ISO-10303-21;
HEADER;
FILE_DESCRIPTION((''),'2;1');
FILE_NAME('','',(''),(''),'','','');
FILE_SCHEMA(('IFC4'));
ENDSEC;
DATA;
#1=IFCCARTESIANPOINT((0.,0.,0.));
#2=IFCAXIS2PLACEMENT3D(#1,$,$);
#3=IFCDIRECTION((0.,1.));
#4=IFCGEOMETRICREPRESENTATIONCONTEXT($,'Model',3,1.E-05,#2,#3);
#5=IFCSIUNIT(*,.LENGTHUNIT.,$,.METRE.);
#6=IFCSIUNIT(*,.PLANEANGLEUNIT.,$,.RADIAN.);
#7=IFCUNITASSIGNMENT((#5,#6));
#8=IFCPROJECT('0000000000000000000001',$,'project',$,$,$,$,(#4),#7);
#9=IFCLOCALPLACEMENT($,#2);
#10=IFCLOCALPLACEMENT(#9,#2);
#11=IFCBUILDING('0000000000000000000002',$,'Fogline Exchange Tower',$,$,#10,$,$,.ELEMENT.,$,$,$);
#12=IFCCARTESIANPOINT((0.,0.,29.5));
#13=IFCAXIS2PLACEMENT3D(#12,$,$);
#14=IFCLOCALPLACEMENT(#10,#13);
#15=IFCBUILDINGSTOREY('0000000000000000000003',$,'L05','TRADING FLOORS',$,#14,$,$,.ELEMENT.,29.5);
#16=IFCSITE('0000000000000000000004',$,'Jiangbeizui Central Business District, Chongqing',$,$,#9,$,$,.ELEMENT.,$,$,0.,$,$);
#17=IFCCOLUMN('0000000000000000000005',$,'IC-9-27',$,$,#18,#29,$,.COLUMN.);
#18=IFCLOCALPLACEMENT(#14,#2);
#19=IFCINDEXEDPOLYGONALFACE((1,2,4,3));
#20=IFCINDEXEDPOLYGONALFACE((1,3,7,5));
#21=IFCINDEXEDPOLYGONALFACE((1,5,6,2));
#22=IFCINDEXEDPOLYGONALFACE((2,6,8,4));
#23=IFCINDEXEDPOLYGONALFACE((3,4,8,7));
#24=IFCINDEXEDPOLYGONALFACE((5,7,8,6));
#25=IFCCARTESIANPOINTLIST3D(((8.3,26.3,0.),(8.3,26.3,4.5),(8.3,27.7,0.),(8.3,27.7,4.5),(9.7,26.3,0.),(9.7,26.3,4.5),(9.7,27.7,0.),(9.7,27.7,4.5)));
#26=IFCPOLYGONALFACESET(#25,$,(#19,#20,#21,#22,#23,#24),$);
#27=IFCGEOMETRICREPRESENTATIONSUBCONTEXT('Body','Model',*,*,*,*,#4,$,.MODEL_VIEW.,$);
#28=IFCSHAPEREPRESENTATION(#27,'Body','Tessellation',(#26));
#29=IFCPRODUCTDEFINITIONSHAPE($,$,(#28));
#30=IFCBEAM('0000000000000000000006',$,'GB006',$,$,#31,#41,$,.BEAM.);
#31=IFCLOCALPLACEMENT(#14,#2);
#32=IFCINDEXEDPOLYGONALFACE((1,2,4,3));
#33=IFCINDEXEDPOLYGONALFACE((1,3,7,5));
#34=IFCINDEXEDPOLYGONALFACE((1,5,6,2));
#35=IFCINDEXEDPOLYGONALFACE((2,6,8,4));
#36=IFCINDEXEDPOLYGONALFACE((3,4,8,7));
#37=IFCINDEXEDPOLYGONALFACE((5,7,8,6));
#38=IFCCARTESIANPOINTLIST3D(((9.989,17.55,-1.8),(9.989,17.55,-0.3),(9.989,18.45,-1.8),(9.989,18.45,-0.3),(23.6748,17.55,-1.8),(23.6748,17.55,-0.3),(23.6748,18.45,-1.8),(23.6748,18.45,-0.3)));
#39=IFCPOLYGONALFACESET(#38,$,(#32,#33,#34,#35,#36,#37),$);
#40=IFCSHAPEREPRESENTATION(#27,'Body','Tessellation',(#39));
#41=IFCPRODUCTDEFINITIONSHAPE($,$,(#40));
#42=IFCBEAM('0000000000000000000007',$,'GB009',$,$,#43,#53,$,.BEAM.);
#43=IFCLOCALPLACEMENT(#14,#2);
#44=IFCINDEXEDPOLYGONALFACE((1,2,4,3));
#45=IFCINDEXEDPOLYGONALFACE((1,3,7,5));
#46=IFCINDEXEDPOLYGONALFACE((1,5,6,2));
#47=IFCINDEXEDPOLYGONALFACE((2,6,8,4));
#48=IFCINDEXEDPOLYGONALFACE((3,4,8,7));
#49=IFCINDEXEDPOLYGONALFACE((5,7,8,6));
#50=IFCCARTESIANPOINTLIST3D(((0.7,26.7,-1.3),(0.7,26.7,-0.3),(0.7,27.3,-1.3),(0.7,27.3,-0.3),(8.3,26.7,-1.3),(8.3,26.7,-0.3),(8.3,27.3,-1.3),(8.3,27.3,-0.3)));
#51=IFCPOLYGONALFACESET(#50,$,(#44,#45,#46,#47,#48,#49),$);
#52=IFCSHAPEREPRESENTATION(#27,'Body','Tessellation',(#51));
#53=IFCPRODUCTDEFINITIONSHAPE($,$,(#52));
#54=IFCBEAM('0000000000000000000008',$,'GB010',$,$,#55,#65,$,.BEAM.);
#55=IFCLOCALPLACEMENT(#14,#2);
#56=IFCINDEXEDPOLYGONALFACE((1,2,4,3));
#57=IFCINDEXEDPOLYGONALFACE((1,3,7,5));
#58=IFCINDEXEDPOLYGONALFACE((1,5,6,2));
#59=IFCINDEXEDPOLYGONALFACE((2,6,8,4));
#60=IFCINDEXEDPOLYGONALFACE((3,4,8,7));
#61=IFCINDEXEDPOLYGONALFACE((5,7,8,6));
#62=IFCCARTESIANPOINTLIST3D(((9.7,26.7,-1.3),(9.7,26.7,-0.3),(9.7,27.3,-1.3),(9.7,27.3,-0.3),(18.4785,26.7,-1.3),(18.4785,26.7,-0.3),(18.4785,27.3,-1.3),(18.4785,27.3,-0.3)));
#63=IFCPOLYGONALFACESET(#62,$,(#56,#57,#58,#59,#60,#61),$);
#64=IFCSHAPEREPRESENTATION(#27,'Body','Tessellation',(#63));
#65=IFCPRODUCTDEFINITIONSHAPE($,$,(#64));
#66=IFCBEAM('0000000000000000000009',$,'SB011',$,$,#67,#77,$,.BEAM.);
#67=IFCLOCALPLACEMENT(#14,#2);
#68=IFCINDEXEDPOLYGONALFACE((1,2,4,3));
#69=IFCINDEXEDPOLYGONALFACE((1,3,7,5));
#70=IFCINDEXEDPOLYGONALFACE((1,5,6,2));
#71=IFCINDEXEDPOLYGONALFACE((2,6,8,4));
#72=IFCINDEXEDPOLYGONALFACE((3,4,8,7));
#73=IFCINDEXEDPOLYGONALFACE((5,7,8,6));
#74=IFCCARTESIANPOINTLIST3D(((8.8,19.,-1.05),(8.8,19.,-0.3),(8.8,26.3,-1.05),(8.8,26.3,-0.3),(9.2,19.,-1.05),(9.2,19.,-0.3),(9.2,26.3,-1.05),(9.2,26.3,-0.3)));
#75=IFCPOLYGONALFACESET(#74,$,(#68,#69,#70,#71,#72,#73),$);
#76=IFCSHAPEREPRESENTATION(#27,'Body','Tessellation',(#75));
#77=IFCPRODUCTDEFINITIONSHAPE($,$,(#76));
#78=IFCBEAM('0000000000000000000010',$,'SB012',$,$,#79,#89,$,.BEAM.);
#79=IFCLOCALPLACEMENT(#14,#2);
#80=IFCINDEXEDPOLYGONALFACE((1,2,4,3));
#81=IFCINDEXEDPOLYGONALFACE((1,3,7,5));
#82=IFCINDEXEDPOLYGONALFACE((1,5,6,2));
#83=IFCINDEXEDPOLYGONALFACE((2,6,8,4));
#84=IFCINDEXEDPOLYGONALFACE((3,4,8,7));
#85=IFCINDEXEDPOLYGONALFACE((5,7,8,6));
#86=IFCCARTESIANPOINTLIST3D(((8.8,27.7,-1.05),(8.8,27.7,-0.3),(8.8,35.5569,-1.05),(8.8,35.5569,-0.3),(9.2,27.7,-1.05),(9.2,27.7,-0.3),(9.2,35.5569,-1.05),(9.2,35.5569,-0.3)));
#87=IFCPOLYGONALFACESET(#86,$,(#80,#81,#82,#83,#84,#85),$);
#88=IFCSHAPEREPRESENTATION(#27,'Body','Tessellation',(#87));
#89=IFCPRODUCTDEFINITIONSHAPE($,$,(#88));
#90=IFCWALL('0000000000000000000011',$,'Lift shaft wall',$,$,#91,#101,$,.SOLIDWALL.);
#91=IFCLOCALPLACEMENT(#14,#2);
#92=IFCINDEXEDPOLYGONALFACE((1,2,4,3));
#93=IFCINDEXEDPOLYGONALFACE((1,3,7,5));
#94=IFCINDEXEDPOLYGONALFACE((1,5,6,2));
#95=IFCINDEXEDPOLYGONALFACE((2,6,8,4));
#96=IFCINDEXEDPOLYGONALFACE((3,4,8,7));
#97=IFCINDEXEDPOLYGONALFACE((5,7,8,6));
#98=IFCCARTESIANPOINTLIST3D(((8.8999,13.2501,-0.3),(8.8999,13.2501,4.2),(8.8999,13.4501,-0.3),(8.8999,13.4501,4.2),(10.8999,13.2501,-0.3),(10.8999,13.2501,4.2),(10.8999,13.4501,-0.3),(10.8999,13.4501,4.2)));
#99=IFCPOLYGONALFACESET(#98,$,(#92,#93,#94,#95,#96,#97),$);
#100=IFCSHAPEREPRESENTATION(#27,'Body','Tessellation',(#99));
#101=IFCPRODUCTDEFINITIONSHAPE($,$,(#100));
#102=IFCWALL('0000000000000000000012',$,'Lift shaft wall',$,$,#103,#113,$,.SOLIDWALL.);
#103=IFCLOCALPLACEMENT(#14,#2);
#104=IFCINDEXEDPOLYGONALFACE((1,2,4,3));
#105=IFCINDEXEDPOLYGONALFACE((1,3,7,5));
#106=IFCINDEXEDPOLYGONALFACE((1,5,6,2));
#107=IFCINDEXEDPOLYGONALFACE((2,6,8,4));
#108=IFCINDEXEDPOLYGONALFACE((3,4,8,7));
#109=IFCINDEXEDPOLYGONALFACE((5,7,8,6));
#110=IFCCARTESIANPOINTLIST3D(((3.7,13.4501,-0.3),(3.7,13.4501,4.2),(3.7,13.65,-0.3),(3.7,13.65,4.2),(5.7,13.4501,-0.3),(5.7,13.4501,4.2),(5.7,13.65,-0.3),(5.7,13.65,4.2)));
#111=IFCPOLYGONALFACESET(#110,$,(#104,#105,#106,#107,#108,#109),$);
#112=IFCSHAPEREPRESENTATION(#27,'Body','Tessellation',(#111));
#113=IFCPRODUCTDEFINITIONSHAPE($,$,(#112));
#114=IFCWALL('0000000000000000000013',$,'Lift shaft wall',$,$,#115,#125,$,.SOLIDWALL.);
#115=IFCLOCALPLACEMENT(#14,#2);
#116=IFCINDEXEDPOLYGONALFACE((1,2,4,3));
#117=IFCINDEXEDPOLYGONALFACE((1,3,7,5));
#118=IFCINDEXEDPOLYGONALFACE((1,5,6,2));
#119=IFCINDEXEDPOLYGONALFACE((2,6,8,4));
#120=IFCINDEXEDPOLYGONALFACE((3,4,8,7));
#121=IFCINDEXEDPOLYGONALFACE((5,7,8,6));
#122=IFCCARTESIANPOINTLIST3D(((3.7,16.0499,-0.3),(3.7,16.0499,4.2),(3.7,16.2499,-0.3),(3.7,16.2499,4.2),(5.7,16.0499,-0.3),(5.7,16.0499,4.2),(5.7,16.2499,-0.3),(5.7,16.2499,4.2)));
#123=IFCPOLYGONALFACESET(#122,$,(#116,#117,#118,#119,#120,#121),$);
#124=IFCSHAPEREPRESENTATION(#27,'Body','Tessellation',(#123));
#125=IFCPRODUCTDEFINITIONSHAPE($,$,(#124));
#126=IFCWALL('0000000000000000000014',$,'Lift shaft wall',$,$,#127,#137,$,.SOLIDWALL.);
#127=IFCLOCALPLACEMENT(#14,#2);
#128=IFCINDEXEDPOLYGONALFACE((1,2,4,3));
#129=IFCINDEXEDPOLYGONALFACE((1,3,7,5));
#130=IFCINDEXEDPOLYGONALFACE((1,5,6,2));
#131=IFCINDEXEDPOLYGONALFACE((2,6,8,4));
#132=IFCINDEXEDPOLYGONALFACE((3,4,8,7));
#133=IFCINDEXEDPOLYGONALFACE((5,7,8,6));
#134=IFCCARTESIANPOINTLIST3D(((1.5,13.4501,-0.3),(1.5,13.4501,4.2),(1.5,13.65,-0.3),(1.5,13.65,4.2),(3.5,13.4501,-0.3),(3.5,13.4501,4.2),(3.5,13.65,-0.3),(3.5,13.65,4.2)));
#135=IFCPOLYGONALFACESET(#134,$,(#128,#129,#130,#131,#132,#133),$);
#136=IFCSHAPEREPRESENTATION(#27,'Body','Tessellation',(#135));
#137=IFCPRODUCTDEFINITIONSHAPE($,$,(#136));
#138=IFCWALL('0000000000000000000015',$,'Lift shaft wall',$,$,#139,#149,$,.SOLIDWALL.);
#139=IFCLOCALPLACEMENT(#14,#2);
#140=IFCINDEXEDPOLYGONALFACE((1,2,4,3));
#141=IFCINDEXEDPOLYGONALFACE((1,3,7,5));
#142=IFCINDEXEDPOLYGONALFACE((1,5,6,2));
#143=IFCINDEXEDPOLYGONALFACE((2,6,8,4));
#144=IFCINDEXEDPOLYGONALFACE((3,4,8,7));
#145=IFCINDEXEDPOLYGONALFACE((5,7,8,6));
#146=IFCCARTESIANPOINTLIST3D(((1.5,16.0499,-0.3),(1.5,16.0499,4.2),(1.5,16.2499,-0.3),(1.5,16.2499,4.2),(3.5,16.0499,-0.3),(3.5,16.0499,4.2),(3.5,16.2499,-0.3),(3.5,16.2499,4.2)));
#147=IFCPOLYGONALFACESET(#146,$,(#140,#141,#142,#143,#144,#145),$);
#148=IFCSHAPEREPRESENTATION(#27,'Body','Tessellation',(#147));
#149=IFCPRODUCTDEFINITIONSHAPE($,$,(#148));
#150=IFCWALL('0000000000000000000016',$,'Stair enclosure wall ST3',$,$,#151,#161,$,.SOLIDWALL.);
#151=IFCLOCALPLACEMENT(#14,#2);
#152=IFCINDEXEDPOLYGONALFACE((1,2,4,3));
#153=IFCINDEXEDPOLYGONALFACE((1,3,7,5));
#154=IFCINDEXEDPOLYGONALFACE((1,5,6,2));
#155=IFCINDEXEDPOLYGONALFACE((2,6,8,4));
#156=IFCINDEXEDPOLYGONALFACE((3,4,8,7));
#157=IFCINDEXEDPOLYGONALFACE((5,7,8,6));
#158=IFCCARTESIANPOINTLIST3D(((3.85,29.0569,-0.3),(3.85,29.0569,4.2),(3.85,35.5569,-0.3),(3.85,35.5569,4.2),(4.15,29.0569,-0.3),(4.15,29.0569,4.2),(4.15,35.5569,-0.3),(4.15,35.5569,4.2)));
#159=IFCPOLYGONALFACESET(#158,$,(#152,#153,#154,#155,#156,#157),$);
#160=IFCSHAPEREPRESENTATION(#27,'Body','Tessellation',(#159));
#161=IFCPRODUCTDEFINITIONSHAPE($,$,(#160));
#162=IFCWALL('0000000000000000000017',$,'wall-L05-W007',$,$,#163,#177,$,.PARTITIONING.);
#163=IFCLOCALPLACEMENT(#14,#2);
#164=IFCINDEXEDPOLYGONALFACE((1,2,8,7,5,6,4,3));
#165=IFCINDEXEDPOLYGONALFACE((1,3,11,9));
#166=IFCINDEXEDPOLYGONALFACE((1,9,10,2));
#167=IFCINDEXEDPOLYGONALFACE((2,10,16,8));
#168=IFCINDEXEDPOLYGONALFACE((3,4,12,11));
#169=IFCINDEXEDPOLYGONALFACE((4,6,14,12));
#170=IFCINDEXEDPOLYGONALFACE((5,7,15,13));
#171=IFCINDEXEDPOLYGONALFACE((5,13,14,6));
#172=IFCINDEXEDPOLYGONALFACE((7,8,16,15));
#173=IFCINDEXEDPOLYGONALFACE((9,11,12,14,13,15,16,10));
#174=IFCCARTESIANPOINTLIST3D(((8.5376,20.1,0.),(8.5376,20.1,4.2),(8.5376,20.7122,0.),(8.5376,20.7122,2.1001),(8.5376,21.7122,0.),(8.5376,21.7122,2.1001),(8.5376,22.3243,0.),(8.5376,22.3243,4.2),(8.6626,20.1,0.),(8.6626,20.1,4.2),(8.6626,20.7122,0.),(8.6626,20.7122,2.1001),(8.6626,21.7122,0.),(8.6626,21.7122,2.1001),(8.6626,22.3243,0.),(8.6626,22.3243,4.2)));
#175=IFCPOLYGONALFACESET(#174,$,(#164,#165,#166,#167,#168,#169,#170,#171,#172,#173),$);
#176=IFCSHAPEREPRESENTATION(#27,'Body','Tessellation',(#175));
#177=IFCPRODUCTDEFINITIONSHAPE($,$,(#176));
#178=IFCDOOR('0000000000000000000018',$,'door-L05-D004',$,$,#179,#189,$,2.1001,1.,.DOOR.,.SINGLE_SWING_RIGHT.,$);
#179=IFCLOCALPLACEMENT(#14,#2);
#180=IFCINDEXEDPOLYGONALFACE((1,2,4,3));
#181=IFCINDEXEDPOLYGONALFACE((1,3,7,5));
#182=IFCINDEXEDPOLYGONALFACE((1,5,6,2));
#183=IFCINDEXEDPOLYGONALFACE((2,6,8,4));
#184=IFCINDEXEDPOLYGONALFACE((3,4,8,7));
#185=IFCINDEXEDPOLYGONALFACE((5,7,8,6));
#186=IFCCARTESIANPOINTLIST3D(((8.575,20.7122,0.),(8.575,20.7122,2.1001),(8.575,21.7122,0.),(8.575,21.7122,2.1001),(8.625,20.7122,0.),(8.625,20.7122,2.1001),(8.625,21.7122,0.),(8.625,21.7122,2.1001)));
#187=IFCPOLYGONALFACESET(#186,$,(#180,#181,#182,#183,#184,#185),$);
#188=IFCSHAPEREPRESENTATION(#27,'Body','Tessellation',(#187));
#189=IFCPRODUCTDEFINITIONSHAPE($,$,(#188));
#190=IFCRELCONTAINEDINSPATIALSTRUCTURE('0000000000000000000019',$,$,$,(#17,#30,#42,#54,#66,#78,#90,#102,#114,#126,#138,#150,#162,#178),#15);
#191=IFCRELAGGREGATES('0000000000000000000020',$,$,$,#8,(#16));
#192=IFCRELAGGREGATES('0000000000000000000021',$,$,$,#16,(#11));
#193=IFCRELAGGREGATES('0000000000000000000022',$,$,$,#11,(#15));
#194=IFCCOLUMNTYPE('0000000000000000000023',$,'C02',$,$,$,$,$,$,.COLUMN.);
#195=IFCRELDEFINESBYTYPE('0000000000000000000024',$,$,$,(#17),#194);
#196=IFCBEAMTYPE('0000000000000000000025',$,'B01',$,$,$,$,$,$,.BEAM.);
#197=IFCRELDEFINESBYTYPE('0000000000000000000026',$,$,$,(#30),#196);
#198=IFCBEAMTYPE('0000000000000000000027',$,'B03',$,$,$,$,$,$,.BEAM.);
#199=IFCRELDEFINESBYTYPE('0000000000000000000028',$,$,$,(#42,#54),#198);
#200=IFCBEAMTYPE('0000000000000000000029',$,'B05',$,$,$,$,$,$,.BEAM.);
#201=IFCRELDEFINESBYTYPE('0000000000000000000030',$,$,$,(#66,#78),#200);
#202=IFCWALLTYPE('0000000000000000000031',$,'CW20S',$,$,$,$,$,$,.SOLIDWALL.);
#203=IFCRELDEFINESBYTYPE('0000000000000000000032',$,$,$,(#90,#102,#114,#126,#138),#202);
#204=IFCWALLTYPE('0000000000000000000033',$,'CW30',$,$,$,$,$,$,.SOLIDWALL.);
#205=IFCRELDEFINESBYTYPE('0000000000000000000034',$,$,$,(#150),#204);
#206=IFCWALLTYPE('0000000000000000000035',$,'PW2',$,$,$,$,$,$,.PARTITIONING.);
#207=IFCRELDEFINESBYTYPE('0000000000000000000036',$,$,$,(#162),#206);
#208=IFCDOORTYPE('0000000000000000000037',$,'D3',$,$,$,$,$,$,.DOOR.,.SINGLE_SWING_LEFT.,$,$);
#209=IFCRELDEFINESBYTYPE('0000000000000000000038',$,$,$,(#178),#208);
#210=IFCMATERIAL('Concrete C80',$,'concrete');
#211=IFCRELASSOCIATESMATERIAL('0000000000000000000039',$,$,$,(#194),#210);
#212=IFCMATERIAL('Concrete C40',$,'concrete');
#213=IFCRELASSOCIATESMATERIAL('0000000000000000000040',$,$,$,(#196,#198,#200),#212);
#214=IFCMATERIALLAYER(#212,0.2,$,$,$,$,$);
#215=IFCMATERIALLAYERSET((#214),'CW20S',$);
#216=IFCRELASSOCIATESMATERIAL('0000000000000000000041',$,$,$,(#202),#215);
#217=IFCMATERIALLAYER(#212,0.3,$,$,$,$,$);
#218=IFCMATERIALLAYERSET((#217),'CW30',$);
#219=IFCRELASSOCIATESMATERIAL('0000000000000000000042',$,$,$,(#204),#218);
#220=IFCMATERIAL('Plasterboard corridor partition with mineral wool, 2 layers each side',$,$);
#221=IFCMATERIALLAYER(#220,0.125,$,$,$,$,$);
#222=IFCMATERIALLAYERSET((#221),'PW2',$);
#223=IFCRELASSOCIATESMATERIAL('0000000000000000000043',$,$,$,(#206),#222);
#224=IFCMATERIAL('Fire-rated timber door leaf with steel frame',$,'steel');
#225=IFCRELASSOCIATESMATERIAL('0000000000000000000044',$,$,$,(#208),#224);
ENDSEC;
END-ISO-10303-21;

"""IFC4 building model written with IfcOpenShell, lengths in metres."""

from ifc_helpers import new_model, si_unit, direction, frame, frame_2d, origin, origin_2d, place, context, subcontext, project, spatial, rectangle, extrude, material, layer, layer_set, material_profile, profile_set, type_object, element, fill, save


model = new_model("IFC4")

# Units and contexts
model_context = context("Model", 3, precision=1e-05, world=origin(), true_north=direction((0.0, 1.0)))
body_context = subcontext(model_context, "Body", "Model", "MODEL_VIEW")
ifc_project = project(units=[si_unit("LENGTHUNIT", "METRE"), si_unit("PLANEANGLEUNIT", "RADIAN")], contexts=[model_context])

# Site, building, storey
site_placement = place(None, origin())
site = spatial("IfcSite", under=ifc_project, at=site_placement, Name="Jiangbeizui Central Business District, Chongqing", CompositionType="ELEMENT", RefElevation=0.0)
building_placement = place(site_placement, origin())
building = spatial("IfcBuilding", under=site, at=building_placement, Name="Fogline Exchange Tower", CompositionType="ELEMENT")
storey_placement = place(building_placement, frame((0.0, 0.0, 29.5)))
storey = spatial("IfcBuildingStorey", under=building, at=storey_placement, Name="L05", Description="TRADING FLOORS", CompositionType="ELEMENT", Elevation=29.5)

# Column
ifc_material_1 = material(Name="Concrete C80", Category="concrete")
ifc_material_profile_1 = material_profile(ifc_material_1, rectangle(XDim=1.3999, YDim=1.3999, at=origin_2d()), Name="RC 1400x1400")
ifc_profile_set_1 = profile_set([ifc_material_profile_1], Name="Concrete C80")
column_type = type_object("IfcColumnType", Name="C02", PredefinedType="COLUMN", material=ifc_profile_set_1)
column_placement = place(storey_placement, frame((9.0, 27.0, 0.0), z_axis=(0.0, 0.0, 1.0), x_axis=(1.0, 0.0, 0.0)))
element("IfcColumn", 1, at=column_placement, inside=storey, type_object=column_type, Name="IC-9-27", PredefinedType="COLUMN", context=body_context, shape_type="SweptSolid", body=[
    extrude(rectangle(XDim=1.3999, YDim=1.3999, at=origin_2d()), origin(), (0.0, 0.0, 1.0), 4.5),
])

# Beams
ifc_material_2 = material(Name="Concrete C40", Category="concrete")
ifc_material_profile_2 = material_profile(ifc_material_2, rectangle(XDim=0.8999, YDim=1.5, at=origin_2d()), Name="RC 900x1500")
ifc_profile_set_2 = profile_set([ifc_material_profile_2], Name="Concrete C40")
beam_type_1 = type_object("IfcBeamType", Name="B01", PredefinedType="BEAM", material=ifc_profile_set_2)
beam_1_placement = place(storey_placement, frame((9.989, 18.0, -1.05), z_axis=(1.0, 0.0, 0.0), x_axis=(0.0, 1.0, 0.0)))
element("IfcBeam", 2, at=beam_1_placement, inside=storey, type_object=beam_type_1, Name="GB006", PredefinedType="BEAM", context=body_context, shape_type="SweptSolid", body=[
    extrude(rectangle(XDim=0.8999, YDim=1.5, at=origin_2d()), origin(), (0.0, 0.0, 1.0), 13.6858),
])
ifc_material_profile_3 = material_profile(ifc_material_2, rectangle(XDim=0.6001, YDim=1.0, at=origin_2d()), Name="RC 600x1000")
ifc_profile_set_3 = profile_set([ifc_material_profile_3], Name="Concrete C40")
beam_type_2 = type_object("IfcBeamType", Name="B03", PredefinedType="BEAM", material=ifc_profile_set_3)
beam_2_placement = place(storey_placement, frame((0.7, 27.0, -0.8), z_axis=(1.0, 0.0, 0.0), x_axis=(0.0, 1.0, 0.0)))
element("IfcBeam", 3, at=beam_2_placement, inside=storey, type_object=beam_type_2, Name="GB009", PredefinedType="BEAM", context=body_context, shape_type="SweptSolid", body=[
    extrude(rectangle(XDim=0.6001, YDim=1.0, at=origin_2d()), origin(), (0.0, 0.0, 1.0), 7.6001),
])
beam_3_placement = place(storey_placement, frame((9.7, 27.0, -0.8), z_axis=(1.0, 0.0, 0.0), x_axis=(0.0, 1.0, 0.0)))
element("IfcBeam", 4, at=beam_3_placement, inside=storey, type_object=beam_type_2, Name="GB010", PredefinedType="BEAM", context=body_context, shape_type="SweptSolid", body=[
    extrude(rectangle(XDim=0.6001, YDim=1.0, at=origin_2d()), origin(), (0.0, 0.0, 1.0), 8.7786),
])
ifc_material_profile_4 = material_profile(ifc_material_2, rectangle(XDim=0.3999, YDim=0.75, at=origin_2d()), Name="RC 400x750")
ifc_profile_set_4 = profile_set([ifc_material_profile_4], Name="Concrete C40")
beam_type_3 = type_object("IfcBeamType", Name="B05", PredefinedType="BEAM", material=ifc_profile_set_4)
beam_4_placement = place(storey_placement, frame((9.0, 19.0, -0.675), z_axis=(0.0, 1.0, 0.0), x_axis=(-1.0, 0.0, 0.0)))
element("IfcBeam", 5, at=beam_4_placement, inside=storey, type_object=beam_type_3, Name="SB011", PredefinedType="BEAM", context=body_context, shape_type="SweptSolid", body=[
    extrude(rectangle(XDim=0.3999, YDim=0.75, at=origin_2d()), origin(), (0.0, 0.0, 1.0), 7.3),
])
beam_5_placement = place(storey_placement, frame((9.0, 27.7, -0.675), z_axis=(0.0, 1.0, 0.0), x_axis=(-1.0, 0.0, 0.0)))
element("IfcBeam", 6, at=beam_5_placement, inside=storey, type_object=beam_type_3, Name="SB012", PredefinedType="BEAM", context=body_context, shape_type="SweptSolid", body=[
    extrude(rectangle(XDim=0.3999, YDim=0.75, at=origin_2d()), origin(), (0.0, 0.0, 1.0), 7.8569),
])

# Walls
ifc_layer_1 = layer(ifc_material_2, 0.2)
ifc_layer_set_1 = layer_set([ifc_layer_1], Name="CW20S")
wall_type_1 = type_object("IfcWallType", Name="CW20S", PredefinedType="SOLIDWALL", material=ifc_layer_set_1)
for number, where, z_axis, x_axis, name in (
    (7, (8.8999, 13.3501, -0.3), (0.0, 0.0, 1.0), (1.0, 0.0, 0.0), "Lift shaft wall"),
    (8, (3.7, 13.55, -0.3), (0.0, 0.0, 1.0), (1.0, 0.0, 0.0), "Lift shaft wall"),
    (9, (3.7, 16.1499, -0.3), (0.0, 0.0, 1.0), (1.0, 0.0, 0.0), "Lift shaft wall"),
    (10, (1.5, 13.55, -0.3), (0.0, 0.0, 1.0), (1.0, 0.0, 0.0), "Lift shaft wall"),
    (11, (1.5, 16.1499, -0.3), (0.0, 0.0, 1.0), (1.0, 0.0, 0.0), "Lift shaft wall"),
):
    element("IfcWall", number, at=place(storey_placement, frame(where, z_axis=z_axis, x_axis=x_axis)), inside=storey, type_object=wall_type_1, Name=name, PredefinedType="SOLIDWALL", context=body_context, shape_type="SweptSolid", body=[
        extrude(rectangle(XDim=2.0, YDim=0.2, at=frame_2d((1.0, 0.0))), origin(), (0.0, 0.0, 1.0), 4.5),
    ])
ifc_layer_2 = layer(ifc_material_2, 0.3)
ifc_layer_set_2 = layer_set([ifc_layer_2], Name="CW30")
wall_type_2 = type_object("IfcWallType", Name="CW30", PredefinedType="SOLIDWALL", material=ifc_layer_set_2)
wall_1_placement = place(storey_placement, frame((4.0, 29.0569, -0.3), z_axis=(0.0, 0.0, 1.0), x_axis=(0.0, 1.0, 0.0)))
element("IfcWall", 12, at=wall_1_placement, inside=storey, type_object=wall_type_2, Name="Stair enclosure wall ST3", PredefinedType="SOLIDWALL", context=body_context, shape_type="SweptSolid", body=[
    extrude(rectangle(XDim=6.5, YDim=0.3, at=frame_2d((3.25, 0.0))), origin(), (0.0, 0.0, 1.0), 4.5),
])

# Wall, opening, door
ifc_material_3 = material(Name="Plasterboard corridor partition with mineral wool, 2 layers each side")
ifc_layer_3 = layer(ifc_material_3, 0.125)
ifc_layer_set_3 = layer_set([ifc_layer_3], Name="PW2")
wall_type_3 = type_object("IfcWallType", Name="PW2", PredefinedType="PARTITIONING", material=ifc_layer_set_3)
wall_2_placement = place(storey_placement, frame((8.6001, 22.3245, 0.0), z_axis=(0.0, 0.0, 1.0), x_axis=(0.0, -1.0, 0.0)))
wall_2 = element("IfcWall", 13, at=wall_2_placement, inside=storey, type_object=wall_type_3, Name="wall-L05-W007", PredefinedType="PARTITIONING", context=body_context, shape_type="SweptSolid", body=[
    extrude(rectangle(XDim=2.2244, YDim=0.125, at=frame_2d((1.1123, 0.0))), origin(), (0.0, 0.0, 1.0), 4.2),
])
opening_1_placement = place(wall_2_placement, frame((0.6123, 0.0, 0.0)))
opening_1 = element("IfcOpeningElement", 14, at=opening_1_placement, cuts=wall_2, PredefinedType="OPENING", context=body_context, shape_type="SweptSolid", body=[
    extrude(rectangle(XDim=1.0, YDim=2.1001, at=frame_2d((0.5, 1.05))), frame((0.0, 0.0725, 0.0), z_axis=(0.0, -1.0, 0.0), x_axis=(1.0, 0.0, 0.0)), (0.0, 0.0, 1.0), 0.145),
])
ifc_material_4 = material(Name="Fire-rated timber door leaf with steel frame", Category="steel")
door_type_1 = type_object("IfcDoorType", Name="D3", OperationType="SINGLE_SWING_LEFT", PredefinedType="DOOR", material=ifc_material_4)
door_1_placement = place(opening_1_placement, origin())
door_1 = element("IfcDoor", 15, at=door_1_placement, inside=storey, type_object=door_type_1, Name="door-L05-D004", OperationType="SINGLE_SWING_RIGHT", OverallHeight=2.1001, OverallWidth=1.0, PredefinedType="DOOR", context=body_context, shape_type="SweptSolid", body=[
    extrude(rectangle(XDim=1.0, YDim=2.1001, at=frame_2d((0.5, 1.05))), frame((0.0, 0.0249, 0.0), z_axis=(0.0, -1.0, 0.0), x_axis=(1.0, 0.0, 0.0)), (0.0, 0.0, 1.0), 0.05),
])
fill(opening_1, door_1)

save(model, "model.ifc")
